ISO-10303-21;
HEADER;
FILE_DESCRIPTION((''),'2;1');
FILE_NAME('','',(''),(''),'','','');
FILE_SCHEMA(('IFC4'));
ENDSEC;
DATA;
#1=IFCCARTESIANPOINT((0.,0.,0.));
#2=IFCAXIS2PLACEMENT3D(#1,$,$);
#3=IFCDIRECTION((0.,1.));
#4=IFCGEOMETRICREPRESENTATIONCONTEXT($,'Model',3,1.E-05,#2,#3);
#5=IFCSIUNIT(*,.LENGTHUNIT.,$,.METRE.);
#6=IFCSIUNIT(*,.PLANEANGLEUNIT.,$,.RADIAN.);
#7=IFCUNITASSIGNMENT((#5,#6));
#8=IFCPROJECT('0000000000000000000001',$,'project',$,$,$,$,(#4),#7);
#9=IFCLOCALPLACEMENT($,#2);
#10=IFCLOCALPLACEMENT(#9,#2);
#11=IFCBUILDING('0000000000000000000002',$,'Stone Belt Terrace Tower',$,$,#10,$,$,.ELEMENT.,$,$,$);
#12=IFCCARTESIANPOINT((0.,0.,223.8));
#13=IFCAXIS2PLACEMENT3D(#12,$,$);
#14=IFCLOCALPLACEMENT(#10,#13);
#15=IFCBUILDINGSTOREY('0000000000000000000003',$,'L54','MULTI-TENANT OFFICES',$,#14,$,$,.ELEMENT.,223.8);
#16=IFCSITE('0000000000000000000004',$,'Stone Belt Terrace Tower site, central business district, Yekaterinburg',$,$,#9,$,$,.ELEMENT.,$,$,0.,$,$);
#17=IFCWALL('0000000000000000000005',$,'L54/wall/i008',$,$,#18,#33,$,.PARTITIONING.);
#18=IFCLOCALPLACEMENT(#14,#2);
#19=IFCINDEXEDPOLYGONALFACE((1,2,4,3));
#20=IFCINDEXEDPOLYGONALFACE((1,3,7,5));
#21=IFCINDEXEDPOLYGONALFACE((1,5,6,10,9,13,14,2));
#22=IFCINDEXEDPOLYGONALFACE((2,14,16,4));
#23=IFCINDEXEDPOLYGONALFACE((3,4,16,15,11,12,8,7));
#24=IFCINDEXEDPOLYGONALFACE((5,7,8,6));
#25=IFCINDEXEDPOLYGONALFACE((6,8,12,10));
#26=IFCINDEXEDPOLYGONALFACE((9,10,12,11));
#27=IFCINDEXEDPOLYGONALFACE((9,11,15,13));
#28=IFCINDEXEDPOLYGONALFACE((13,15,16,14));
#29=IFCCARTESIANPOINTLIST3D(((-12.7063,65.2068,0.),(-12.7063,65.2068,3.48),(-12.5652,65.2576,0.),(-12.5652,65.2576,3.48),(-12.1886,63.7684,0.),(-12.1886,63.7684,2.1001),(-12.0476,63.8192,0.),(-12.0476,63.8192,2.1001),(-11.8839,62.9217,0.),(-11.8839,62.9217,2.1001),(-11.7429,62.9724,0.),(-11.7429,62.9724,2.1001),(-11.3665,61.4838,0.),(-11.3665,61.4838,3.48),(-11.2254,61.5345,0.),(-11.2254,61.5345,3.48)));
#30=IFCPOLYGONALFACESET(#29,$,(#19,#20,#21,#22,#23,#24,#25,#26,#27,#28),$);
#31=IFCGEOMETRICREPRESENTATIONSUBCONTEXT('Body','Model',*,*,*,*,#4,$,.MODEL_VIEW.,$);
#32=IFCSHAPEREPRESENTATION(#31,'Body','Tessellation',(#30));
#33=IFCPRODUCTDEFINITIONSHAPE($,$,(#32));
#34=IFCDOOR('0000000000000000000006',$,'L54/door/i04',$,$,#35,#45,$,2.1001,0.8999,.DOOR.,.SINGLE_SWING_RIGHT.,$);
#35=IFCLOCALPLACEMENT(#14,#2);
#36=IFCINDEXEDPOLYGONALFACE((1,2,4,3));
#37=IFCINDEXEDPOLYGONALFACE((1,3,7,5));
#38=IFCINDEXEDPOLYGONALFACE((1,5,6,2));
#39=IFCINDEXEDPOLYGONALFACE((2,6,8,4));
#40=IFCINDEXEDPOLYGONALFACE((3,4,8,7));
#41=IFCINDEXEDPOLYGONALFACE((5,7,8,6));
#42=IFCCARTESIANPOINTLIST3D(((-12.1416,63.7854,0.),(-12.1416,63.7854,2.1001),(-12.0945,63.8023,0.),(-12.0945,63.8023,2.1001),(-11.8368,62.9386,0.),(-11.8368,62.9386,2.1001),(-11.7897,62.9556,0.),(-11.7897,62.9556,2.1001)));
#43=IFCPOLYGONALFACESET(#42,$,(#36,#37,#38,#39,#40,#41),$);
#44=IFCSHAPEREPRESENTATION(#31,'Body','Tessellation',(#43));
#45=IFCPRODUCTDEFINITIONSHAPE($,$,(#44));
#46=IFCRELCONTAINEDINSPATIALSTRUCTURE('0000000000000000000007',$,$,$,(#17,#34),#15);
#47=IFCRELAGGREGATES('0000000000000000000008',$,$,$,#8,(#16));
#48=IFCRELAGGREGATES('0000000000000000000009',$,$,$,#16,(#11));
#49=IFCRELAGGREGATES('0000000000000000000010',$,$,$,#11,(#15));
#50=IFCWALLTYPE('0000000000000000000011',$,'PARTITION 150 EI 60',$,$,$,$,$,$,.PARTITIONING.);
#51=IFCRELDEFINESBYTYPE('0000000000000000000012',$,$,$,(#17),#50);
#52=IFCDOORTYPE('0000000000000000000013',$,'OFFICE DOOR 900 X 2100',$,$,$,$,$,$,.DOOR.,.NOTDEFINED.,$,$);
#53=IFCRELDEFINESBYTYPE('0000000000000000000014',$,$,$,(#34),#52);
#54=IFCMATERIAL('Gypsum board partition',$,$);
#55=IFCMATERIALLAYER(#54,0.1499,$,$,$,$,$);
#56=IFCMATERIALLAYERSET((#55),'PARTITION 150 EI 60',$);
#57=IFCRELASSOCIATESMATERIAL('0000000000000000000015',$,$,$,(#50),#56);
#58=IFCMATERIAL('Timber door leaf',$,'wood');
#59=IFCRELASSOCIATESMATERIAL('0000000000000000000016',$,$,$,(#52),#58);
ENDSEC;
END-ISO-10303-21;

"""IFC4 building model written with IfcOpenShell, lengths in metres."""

from ifc_helpers import new_model, si_unit, direction, frame, frame_2d, origin, place, context, subcontext, project, spatial, rectangle, extrude, material, layer, layer_set, type_object, element, fill, save


model = new_model("IFC4")

# Units and contexts
model_context = context("Model", 3, precision=1e-05, world=origin(), true_north=direction((0.0, 1.0)))
body_context = subcontext(model_context, "Body", "Model", "MODEL_VIEW")
ifc_project = project(units=[si_unit("LENGTHUNIT", "METRE"), si_unit("PLANEANGLEUNIT", "RADIAN")], contexts=[model_context])

# Site, building, storey
site_placement = place(None, origin())
site = spatial("IfcSite", under=ifc_project, at=site_placement, Name="Stone Belt Terrace Tower site, central business district, Yekaterinburg", CompositionType="ELEMENT", RefElevation=0.0)
building_placement = place(site_placement, origin())
building = spatial("IfcBuilding", under=site, at=building_placement, Name="Stone Belt Terrace Tower", CompositionType="ELEMENT")
storey_placement = place(building_placement, frame((0.0, 0.0, 223.8)))
storey = spatial("IfcBuildingStorey", under=building, at=storey_placement, Name="L54", Description="MULTI-TENANT OFFICES", CompositionType="ELEMENT", Elevation=223.8)

# Shared definitions
ifc_material_1 = material(Name="Timber door leaf", Category="wood")

# Wall, opening, door
ifc_material_2 = material(Name="Gypsum board partition")
ifc_layer_1 = layer(ifc_material_2, 0.1499)
ifc_layer_set_1 = layer_set([ifc_layer_1], Name="PARTITION 150 EI 60")
wall_type_1 = type_object("IfcWallType", Name="PARTITION 150 EI 60", PredefinedType="PARTITIONING", material=ifc_layer_set_1)
wall_1_placement = place(storey_placement, frame((-11.2959, 61.509, 0.0), z_axis=(0.0, 0.0, 1.0), x_axis=(-0.33861, 0.940927, 0.0)))
wall_1 = element("IfcWall", 1, at=wall_1_placement, inside=storey, type_object=wall_type_1, Name="L54/wall/i008", PredefinedType="PARTITIONING", context=body_context, shape_type="SweptSolid", body=[
    extrude(rectangle(XDim=3.9568, YDim=0.1499, at=frame_2d((1.9785, 0.0))), origin(), (0.0, 0.0, 1.0), 3.48),
])
opening_1_placement = place(wall_1_placement, frame((1.5283, 0.0, 0.0)))
opening_1 = element("IfcOpeningElement", 2, at=opening_1_placement, cuts=wall_1, PredefinedType="OPENING", context=body_context, shape_type="SweptSolid", body=[
    extrude(rectangle(XDim=0.8999, YDim=2.1001, at=frame_2d((0.45, 1.05))), frame((0.0, 0.085, 0.0), z_axis=(0.0, -1.0, 0.0), x_axis=(1.0, 0.0, 0.0)), (0.0, 0.0, 1.0), 0.1699),
])
door_type_1 = type_object("IfcDoorType", Name="OFFICE DOOR 900 X 2100", OperationType="NOTDEFINED", PredefinedType="DOOR", material=ifc_material_1)
door_1_placement = place(opening_1_placement, origin())
door_1 = element("IfcDoor", 3, at=door_1_placement, inside=storey, type_object=door_type_1, Name="L54/door/i04", OperationType="SINGLE_SWING_RIGHT", OverallHeight=2.1001, OverallWidth=0.8999, PredefinedType="DOOR", context=body_context, shape_type="SweptSolid", body=[
    extrude(rectangle(XDim=0.8999, YDim=2.1001, at=frame_2d((0.45, 1.05))), frame((0.0, 0.0249, 0.0), z_axis=(0.0, -1.0, 0.0), x_axis=(1.0, 0.0, 0.0)), (0.0, 0.0, 1.0), 0.05),
])
fill(opening_1, door_1)

save(model, "model.ifc")
